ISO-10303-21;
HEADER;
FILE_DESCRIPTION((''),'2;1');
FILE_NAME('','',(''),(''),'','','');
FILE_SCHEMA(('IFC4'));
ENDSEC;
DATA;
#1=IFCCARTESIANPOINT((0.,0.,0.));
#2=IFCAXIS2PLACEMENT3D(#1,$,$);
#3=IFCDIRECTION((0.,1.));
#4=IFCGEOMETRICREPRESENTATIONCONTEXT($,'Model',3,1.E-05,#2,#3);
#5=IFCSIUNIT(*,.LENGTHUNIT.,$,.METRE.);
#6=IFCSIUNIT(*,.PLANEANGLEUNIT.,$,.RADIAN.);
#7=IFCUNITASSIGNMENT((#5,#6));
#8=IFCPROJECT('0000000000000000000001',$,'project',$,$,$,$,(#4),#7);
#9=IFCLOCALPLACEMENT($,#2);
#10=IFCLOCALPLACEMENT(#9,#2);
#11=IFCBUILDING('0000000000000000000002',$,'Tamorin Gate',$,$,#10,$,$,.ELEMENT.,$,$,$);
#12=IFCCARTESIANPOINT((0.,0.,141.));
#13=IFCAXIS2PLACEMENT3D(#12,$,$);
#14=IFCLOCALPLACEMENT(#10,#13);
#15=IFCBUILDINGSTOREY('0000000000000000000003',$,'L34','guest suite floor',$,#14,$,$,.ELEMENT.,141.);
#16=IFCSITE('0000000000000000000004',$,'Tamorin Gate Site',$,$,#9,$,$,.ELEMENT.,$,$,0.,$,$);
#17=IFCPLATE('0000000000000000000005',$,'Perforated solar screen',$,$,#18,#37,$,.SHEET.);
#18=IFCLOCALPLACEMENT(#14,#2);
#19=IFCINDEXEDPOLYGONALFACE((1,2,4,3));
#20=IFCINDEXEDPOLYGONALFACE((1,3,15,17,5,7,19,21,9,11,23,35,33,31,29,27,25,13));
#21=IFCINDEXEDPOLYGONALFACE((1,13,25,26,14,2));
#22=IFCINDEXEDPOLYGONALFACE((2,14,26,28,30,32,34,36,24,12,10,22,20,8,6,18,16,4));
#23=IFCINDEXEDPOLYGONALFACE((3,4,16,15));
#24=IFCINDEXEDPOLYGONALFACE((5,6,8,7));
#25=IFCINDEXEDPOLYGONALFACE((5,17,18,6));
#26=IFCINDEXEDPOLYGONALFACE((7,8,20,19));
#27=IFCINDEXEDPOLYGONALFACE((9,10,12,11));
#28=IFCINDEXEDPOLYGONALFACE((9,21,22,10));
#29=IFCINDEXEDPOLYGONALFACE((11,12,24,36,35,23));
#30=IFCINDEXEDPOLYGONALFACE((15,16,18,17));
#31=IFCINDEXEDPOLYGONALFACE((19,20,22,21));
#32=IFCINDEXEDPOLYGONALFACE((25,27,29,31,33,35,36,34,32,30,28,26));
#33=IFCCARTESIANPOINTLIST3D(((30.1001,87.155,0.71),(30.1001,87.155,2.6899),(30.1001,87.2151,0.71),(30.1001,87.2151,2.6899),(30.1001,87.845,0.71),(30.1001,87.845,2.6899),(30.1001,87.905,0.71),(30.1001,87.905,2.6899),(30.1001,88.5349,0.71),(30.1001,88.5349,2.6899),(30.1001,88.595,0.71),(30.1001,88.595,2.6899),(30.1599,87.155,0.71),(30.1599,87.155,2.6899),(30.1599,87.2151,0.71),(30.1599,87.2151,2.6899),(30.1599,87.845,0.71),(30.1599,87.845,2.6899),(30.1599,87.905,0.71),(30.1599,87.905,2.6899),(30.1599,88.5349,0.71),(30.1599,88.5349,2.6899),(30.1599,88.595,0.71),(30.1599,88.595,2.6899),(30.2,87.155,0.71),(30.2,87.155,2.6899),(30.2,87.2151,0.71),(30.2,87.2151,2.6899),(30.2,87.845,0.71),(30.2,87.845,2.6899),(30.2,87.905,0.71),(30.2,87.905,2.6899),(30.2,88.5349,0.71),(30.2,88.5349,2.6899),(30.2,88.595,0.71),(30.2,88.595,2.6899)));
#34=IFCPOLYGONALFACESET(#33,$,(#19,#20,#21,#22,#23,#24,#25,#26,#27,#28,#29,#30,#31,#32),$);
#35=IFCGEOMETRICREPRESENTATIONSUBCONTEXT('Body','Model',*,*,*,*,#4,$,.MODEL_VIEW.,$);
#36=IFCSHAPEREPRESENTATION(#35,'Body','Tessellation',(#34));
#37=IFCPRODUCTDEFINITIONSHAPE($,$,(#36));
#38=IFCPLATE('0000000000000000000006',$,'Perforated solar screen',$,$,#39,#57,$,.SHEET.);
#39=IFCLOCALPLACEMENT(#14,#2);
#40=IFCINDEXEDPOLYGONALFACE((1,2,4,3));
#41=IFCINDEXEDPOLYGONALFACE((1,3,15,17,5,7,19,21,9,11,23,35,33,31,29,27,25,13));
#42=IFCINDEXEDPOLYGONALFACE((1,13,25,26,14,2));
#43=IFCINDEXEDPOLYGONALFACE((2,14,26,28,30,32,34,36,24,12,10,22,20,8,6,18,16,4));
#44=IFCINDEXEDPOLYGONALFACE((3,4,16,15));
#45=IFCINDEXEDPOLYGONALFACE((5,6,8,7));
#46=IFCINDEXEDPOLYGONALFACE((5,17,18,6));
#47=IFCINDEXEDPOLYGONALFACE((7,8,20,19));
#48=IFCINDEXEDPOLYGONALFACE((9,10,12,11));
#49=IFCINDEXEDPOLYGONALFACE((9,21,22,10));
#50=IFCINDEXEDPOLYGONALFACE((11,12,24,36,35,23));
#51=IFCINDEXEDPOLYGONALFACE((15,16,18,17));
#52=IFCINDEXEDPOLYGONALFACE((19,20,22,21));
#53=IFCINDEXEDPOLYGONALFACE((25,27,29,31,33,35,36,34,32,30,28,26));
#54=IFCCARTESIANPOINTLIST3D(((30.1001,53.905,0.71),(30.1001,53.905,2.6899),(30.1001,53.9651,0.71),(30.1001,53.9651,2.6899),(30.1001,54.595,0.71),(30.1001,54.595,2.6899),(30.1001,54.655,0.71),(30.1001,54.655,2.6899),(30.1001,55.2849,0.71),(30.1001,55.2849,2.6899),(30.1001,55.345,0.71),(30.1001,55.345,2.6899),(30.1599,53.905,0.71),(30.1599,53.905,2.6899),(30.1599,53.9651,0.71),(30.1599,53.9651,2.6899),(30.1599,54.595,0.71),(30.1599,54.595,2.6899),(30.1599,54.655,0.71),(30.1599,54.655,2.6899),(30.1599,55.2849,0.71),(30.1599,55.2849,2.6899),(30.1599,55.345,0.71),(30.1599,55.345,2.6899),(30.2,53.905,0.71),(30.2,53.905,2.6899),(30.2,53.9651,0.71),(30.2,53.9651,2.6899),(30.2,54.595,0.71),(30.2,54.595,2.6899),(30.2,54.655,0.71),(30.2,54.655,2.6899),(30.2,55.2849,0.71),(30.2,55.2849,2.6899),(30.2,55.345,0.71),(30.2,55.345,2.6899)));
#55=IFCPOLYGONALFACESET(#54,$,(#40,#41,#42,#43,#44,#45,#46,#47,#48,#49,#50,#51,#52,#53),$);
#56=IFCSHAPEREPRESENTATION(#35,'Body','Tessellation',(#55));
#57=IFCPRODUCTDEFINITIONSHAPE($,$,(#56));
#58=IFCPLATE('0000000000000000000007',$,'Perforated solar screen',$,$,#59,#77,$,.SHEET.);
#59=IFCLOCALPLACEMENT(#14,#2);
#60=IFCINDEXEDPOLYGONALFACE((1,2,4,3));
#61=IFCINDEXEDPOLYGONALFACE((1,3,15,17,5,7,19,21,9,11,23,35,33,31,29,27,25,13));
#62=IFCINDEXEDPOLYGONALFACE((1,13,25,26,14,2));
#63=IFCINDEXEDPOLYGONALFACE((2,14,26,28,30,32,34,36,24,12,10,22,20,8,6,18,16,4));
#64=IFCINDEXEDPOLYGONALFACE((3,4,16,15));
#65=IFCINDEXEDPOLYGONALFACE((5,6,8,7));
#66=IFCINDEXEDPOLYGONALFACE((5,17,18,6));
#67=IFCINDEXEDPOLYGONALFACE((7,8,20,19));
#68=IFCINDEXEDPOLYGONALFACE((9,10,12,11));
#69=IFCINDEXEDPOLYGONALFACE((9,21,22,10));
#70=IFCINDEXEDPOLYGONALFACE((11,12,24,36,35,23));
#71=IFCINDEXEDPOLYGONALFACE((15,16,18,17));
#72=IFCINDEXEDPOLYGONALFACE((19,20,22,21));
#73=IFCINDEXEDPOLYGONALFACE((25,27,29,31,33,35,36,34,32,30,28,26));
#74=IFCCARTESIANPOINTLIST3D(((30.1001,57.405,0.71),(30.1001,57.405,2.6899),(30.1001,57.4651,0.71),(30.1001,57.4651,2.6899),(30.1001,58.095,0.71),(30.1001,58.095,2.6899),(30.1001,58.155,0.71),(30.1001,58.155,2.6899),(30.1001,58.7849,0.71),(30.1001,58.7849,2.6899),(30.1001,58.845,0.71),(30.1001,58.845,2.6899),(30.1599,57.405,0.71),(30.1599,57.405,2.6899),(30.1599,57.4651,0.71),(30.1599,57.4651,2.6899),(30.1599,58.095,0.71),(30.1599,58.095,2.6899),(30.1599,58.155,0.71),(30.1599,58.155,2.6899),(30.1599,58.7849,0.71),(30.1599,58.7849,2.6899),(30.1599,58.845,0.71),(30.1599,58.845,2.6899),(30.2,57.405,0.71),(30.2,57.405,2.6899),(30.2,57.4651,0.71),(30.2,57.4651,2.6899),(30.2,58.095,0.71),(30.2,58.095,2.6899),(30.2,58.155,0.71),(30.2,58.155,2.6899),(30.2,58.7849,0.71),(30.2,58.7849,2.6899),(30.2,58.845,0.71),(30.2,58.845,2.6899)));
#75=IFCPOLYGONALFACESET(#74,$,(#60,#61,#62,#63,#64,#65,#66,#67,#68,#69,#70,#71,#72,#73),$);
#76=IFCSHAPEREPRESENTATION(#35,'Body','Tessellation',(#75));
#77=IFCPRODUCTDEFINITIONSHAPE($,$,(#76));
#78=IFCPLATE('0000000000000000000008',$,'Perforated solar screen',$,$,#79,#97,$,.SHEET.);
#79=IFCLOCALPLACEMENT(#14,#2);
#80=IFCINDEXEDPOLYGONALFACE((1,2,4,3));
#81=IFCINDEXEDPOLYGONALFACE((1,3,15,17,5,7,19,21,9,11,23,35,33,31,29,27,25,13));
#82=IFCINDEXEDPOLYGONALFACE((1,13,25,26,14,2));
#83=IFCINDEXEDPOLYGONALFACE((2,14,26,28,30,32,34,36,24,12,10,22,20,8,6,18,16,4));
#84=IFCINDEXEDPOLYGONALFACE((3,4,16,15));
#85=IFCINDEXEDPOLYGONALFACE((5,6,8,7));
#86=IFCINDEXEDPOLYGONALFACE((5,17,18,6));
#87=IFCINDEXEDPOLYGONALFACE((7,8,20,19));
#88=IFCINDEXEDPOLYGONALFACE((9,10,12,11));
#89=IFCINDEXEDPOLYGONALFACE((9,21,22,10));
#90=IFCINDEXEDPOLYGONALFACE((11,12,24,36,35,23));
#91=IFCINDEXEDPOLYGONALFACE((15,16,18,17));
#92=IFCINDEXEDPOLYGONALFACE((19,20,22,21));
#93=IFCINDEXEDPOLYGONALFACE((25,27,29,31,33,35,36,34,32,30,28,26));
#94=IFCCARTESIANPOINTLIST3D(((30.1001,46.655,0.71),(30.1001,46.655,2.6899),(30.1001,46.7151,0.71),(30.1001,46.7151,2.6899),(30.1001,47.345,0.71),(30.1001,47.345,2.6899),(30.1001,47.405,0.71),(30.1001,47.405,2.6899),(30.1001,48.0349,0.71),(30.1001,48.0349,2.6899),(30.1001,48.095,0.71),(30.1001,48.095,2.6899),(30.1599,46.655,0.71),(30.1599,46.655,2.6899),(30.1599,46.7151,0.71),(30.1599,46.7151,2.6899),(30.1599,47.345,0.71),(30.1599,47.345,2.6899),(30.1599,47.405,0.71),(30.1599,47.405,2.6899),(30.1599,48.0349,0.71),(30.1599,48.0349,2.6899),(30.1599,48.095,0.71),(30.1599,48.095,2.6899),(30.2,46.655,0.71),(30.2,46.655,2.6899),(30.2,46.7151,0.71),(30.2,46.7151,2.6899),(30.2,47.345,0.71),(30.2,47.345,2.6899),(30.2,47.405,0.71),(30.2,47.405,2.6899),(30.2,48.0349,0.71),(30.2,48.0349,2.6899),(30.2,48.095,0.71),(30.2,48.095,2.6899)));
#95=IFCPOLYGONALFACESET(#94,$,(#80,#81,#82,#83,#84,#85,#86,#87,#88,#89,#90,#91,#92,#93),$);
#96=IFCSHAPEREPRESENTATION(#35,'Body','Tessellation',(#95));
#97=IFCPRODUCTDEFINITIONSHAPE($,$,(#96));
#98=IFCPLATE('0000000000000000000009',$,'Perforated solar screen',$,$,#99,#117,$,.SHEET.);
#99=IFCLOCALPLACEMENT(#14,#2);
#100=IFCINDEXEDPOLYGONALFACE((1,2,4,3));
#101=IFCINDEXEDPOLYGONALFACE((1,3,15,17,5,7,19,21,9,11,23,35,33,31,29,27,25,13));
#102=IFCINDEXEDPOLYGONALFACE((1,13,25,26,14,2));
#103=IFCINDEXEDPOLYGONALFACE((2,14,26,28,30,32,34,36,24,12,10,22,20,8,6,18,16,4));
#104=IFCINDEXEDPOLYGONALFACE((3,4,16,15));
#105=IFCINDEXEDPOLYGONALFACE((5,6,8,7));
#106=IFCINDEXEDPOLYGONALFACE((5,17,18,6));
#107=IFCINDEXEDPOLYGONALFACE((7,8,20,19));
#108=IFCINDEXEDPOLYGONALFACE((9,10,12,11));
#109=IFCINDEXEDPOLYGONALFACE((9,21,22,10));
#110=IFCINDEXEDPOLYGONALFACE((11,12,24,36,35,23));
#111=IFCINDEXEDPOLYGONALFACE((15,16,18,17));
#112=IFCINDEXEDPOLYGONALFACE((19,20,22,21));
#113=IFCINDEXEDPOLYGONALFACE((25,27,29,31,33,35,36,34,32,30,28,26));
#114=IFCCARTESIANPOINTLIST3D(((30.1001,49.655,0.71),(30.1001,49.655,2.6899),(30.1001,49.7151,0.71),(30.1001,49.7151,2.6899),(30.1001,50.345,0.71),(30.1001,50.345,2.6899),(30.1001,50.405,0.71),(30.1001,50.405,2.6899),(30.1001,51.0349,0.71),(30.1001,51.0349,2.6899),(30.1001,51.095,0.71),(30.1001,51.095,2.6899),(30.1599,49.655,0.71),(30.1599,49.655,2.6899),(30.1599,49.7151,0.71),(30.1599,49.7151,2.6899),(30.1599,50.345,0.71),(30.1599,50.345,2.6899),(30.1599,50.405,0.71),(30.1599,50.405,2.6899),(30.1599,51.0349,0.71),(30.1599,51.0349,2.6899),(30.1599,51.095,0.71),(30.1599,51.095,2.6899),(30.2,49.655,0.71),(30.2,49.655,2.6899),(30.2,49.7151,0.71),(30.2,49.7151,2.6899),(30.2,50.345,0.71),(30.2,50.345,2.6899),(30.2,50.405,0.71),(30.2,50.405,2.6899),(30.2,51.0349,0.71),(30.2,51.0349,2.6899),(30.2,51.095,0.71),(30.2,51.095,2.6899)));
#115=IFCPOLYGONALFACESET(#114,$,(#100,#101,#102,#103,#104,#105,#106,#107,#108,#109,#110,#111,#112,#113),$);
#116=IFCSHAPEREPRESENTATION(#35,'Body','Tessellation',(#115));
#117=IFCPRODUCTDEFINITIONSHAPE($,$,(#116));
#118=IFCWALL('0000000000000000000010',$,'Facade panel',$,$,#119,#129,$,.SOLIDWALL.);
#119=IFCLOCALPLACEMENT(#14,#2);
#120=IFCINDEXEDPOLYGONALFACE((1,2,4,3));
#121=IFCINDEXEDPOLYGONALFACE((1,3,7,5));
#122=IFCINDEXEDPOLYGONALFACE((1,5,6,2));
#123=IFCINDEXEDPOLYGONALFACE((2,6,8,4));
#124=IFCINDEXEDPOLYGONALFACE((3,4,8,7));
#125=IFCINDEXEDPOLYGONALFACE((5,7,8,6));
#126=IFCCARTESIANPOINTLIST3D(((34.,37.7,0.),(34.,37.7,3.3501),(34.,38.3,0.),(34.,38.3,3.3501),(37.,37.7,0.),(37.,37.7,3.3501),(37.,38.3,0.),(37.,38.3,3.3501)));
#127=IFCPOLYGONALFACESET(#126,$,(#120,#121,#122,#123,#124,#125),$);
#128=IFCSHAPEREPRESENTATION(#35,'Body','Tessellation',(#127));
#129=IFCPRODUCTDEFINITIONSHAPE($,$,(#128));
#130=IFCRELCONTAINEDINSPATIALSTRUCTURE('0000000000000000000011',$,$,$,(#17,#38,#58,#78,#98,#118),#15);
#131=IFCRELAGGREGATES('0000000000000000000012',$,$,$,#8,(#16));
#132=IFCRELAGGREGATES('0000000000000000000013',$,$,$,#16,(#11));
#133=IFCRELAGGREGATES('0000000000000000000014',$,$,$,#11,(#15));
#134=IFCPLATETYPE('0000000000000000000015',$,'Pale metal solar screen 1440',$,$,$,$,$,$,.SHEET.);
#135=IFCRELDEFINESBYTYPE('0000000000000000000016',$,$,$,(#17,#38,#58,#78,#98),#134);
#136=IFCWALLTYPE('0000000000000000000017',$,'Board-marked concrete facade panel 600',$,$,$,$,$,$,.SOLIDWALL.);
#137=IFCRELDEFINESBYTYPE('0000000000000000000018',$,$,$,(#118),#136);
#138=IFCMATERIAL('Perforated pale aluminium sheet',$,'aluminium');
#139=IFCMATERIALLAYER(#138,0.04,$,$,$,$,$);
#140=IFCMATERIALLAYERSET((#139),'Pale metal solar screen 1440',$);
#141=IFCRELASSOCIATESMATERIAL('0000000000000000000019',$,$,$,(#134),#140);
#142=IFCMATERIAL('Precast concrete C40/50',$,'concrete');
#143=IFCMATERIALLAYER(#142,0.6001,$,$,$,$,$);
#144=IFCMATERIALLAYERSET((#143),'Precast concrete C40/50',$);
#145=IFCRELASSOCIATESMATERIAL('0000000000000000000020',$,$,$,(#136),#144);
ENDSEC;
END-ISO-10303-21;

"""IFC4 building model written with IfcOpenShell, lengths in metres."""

from ifc_helpers import new_model, si_unit, direction, frame, frame_2d, origin, place, context, subcontext, project, spatial, polyline, rectangle, outline, extrude, material, layer, layer_set, type_object, element, save


model = new_model("IFC4")

# Units and contexts
model_context = context("Model", 3, precision=1e-05, world=origin(), true_north=direction((0.0, 1.0)))
body_context = subcontext(model_context, "Body", "Model", "MODEL_VIEW")
ifc_project = project(units=[si_unit("LENGTHUNIT", "METRE"), si_unit("PLANEANGLEUNIT", "RADIAN")], contexts=[model_context])

# Site, building, storey
site_placement = place(None, origin())
site = spatial("IfcSite", under=ifc_project, at=site_placement, Name="Tamorin Gate Site", CompositionType="ELEMENT", RefElevation=0.0)
building_placement = place(site_placement, origin())
building = spatial("IfcBuilding", under=site, at=building_placement, Name="Tamorin Gate", CompositionType="ELEMENT")
storey_placement = place(building_placement, frame((0.0, 0.0, 141.0)))
storey = spatial("IfcBuildingStorey", under=building, at=storey_placement, Name="L34", Description="guest suite floor", CompositionType="ELEMENT", Elevation=141.0)

# Plates
ifc_material_1 = material(Name="Perforated pale aluminium sheet", Category="aluminium")
ifc_layer_1 = layer(ifc_material_1, 0.04)
ifc_layer_set_1 = layer_set([ifc_layer_1], Name="Pale metal solar screen 1440")
plate_type_1 = type_object("IfcPlateType", Name="Pale metal solar screen 1440", PredefinedType="SHEET", material=ifc_layer_set_1)
plate_1_placement = place(storey_placement, frame((0.0, 0.0, 0.71)))
element("IfcPlate", 1, at=plate_1_placement, inside=storey, type_object=plate_type_1, Name="Perforated solar screen", PredefinedType="SHEET", context=body_context, shape_type="SweptSolid", body=[
    extrude(outline(polyline([(30.1599, 88.595), (30.2, 88.595), (30.2, 88.5349), (30.2, 87.905), (30.2, 87.845), (30.2, 87.2151), (30.2, 87.155), (30.1599, 87.155), (30.1001, 87.155), (30.1001, 87.2151), (30.1599, 87.2151), (30.1599, 87.845), (30.1001, 87.845), (30.1001, 87.905), (30.1599, 87.905), (30.1599, 88.5349), (30.1001, 88.5349), (30.1001, 88.595), (30.1599, 88.595)])), origin(), (0.0, 0.0, 1.0), 1.98),
])
plate_2_placement = place(storey_placement, frame((0.0, 0.0, 0.71)))
element("IfcPlate", 2, at=plate_2_placement, inside=storey, type_object=plate_type_1, Name="Perforated solar screen", PredefinedType="SHEET", context=body_context, shape_type="SweptSolid", body=[
    extrude(outline(polyline([(30.1599, 55.345), (30.2, 55.345), (30.2, 55.2849), (30.2, 54.655), (30.2, 54.595), (30.2, 53.9651), (30.2, 53.905), (30.1599, 53.905), (30.1001, 53.905), (30.1001, 53.9651), (30.1599, 53.9651), (30.1599, 54.595), (30.1001, 54.595), (30.1001, 54.655), (30.1599, 54.655), (30.1599, 55.2849), (30.1001, 55.2849), (30.1001, 55.345), (30.1599, 55.345)])), origin(), (0.0, 0.0, 1.0), 1.98),
])
plate_3_placement = place(storey_placement, frame((0.0, 0.0, 0.71)))
element("IfcPlate", 3, at=plate_3_placement, inside=storey, type_object=plate_type_1, Name="Perforated solar screen", PredefinedType="SHEET", context=body_context, shape_type="SweptSolid", body=[
    extrude(outline(polyline([(30.1599, 58.845), (30.2, 58.845), (30.2, 58.7849), (30.2, 58.155), (30.2, 58.095), (30.2, 57.4651), (30.2, 57.405), (30.1599, 57.405), (30.1001, 57.405), (30.1001, 57.4651), (30.1599, 57.4651), (30.1599, 58.095), (30.1001, 58.095), (30.1001, 58.155), (30.1599, 58.155), (30.1599, 58.7849), (30.1001, 58.7849), (30.1001, 58.845), (30.1599, 58.845)])), origin(), (0.0, 0.0, 1.0), 1.98),
])
plate_4_placement = place(storey_placement, frame((0.0, 0.0, 0.71)))
element("IfcPlate", 4, at=plate_4_placement, inside=storey, type_object=plate_type_1, Name="Perforated solar screen", PredefinedType="SHEET", context=body_context, shape_type="SweptSolid", body=[
    extrude(outline(polyline([(30.1599, 48.095), (30.2, 48.095), (30.2, 48.0349), (30.2, 47.405), (30.2, 47.345), (30.2, 46.7151), (30.2, 46.655), (30.1599, 46.655), (30.1001, 46.655), (30.1001, 46.7151), (30.1599, 46.7151), (30.1599, 47.345), (30.1001, 47.345), (30.1001, 47.405), (30.1599, 47.405), (30.1599, 48.0349), (30.1001, 48.0349), (30.1001, 48.095), (30.1599, 48.095)])), origin(), (0.0, 0.0, 1.0), 1.98),
])
plate_5_placement = place(storey_placement, frame((0.0, 0.0, 0.71)))
element("IfcPlate", 5, at=plate_5_placement, inside=storey, type_object=plate_type_1, Name="Perforated solar screen", PredefinedType="SHEET", context=body_context, shape_type="SweptSolid", body=[
    extrude(outline(polyline([(30.1599, 51.095), (30.2, 51.095), (30.2, 51.0349), (30.2, 50.405), (30.2, 50.345), (30.2, 49.7151), (30.2, 49.655), (30.1599, 49.655), (30.1001, 49.655), (30.1001, 49.7151), (30.1599, 49.7151), (30.1599, 50.345), (30.1001, 50.345), (30.1001, 50.405), (30.1599, 50.405), (30.1599, 51.0349), (30.1001, 51.0349), (30.1001, 51.095), (30.1599, 51.095)])), origin(), (0.0, 0.0, 1.0), 1.98),
])

# Wall
ifc_material_2 = material(Name="Precast concrete C40/50", Category="concrete")
ifc_layer_2 = layer(ifc_material_2, 0.6001)
ifc_layer_set_2 = layer_set([ifc_layer_2], Name="Precast concrete C40/50")
wall_type_1 = type_object("IfcWallType", Name="Board-marked concrete facade panel 600", PredefinedType="SOLIDWALL", material=ifc_layer_set_2)
wall_1_placement = place(storey_placement, frame((34.0, 38.0, 0.0), z_axis=(0.0, 0.0, 1.0), x_axis=(1.0, 0.0, 0.0)))
element("IfcWall", 6, at=wall_1_placement, inside=storey, type_object=wall_type_1, Name="Facade panel", PredefinedType="SOLIDWALL", context=body_context, shape_type="SweptSolid", body=[
    extrude(rectangle(XDim=3.0, YDim=0.6001, at=frame_2d((1.5, 0.0))), origin(), (0.0, 0.0, 1.0), 3.3501),
])

save(model, "model.ifc")
